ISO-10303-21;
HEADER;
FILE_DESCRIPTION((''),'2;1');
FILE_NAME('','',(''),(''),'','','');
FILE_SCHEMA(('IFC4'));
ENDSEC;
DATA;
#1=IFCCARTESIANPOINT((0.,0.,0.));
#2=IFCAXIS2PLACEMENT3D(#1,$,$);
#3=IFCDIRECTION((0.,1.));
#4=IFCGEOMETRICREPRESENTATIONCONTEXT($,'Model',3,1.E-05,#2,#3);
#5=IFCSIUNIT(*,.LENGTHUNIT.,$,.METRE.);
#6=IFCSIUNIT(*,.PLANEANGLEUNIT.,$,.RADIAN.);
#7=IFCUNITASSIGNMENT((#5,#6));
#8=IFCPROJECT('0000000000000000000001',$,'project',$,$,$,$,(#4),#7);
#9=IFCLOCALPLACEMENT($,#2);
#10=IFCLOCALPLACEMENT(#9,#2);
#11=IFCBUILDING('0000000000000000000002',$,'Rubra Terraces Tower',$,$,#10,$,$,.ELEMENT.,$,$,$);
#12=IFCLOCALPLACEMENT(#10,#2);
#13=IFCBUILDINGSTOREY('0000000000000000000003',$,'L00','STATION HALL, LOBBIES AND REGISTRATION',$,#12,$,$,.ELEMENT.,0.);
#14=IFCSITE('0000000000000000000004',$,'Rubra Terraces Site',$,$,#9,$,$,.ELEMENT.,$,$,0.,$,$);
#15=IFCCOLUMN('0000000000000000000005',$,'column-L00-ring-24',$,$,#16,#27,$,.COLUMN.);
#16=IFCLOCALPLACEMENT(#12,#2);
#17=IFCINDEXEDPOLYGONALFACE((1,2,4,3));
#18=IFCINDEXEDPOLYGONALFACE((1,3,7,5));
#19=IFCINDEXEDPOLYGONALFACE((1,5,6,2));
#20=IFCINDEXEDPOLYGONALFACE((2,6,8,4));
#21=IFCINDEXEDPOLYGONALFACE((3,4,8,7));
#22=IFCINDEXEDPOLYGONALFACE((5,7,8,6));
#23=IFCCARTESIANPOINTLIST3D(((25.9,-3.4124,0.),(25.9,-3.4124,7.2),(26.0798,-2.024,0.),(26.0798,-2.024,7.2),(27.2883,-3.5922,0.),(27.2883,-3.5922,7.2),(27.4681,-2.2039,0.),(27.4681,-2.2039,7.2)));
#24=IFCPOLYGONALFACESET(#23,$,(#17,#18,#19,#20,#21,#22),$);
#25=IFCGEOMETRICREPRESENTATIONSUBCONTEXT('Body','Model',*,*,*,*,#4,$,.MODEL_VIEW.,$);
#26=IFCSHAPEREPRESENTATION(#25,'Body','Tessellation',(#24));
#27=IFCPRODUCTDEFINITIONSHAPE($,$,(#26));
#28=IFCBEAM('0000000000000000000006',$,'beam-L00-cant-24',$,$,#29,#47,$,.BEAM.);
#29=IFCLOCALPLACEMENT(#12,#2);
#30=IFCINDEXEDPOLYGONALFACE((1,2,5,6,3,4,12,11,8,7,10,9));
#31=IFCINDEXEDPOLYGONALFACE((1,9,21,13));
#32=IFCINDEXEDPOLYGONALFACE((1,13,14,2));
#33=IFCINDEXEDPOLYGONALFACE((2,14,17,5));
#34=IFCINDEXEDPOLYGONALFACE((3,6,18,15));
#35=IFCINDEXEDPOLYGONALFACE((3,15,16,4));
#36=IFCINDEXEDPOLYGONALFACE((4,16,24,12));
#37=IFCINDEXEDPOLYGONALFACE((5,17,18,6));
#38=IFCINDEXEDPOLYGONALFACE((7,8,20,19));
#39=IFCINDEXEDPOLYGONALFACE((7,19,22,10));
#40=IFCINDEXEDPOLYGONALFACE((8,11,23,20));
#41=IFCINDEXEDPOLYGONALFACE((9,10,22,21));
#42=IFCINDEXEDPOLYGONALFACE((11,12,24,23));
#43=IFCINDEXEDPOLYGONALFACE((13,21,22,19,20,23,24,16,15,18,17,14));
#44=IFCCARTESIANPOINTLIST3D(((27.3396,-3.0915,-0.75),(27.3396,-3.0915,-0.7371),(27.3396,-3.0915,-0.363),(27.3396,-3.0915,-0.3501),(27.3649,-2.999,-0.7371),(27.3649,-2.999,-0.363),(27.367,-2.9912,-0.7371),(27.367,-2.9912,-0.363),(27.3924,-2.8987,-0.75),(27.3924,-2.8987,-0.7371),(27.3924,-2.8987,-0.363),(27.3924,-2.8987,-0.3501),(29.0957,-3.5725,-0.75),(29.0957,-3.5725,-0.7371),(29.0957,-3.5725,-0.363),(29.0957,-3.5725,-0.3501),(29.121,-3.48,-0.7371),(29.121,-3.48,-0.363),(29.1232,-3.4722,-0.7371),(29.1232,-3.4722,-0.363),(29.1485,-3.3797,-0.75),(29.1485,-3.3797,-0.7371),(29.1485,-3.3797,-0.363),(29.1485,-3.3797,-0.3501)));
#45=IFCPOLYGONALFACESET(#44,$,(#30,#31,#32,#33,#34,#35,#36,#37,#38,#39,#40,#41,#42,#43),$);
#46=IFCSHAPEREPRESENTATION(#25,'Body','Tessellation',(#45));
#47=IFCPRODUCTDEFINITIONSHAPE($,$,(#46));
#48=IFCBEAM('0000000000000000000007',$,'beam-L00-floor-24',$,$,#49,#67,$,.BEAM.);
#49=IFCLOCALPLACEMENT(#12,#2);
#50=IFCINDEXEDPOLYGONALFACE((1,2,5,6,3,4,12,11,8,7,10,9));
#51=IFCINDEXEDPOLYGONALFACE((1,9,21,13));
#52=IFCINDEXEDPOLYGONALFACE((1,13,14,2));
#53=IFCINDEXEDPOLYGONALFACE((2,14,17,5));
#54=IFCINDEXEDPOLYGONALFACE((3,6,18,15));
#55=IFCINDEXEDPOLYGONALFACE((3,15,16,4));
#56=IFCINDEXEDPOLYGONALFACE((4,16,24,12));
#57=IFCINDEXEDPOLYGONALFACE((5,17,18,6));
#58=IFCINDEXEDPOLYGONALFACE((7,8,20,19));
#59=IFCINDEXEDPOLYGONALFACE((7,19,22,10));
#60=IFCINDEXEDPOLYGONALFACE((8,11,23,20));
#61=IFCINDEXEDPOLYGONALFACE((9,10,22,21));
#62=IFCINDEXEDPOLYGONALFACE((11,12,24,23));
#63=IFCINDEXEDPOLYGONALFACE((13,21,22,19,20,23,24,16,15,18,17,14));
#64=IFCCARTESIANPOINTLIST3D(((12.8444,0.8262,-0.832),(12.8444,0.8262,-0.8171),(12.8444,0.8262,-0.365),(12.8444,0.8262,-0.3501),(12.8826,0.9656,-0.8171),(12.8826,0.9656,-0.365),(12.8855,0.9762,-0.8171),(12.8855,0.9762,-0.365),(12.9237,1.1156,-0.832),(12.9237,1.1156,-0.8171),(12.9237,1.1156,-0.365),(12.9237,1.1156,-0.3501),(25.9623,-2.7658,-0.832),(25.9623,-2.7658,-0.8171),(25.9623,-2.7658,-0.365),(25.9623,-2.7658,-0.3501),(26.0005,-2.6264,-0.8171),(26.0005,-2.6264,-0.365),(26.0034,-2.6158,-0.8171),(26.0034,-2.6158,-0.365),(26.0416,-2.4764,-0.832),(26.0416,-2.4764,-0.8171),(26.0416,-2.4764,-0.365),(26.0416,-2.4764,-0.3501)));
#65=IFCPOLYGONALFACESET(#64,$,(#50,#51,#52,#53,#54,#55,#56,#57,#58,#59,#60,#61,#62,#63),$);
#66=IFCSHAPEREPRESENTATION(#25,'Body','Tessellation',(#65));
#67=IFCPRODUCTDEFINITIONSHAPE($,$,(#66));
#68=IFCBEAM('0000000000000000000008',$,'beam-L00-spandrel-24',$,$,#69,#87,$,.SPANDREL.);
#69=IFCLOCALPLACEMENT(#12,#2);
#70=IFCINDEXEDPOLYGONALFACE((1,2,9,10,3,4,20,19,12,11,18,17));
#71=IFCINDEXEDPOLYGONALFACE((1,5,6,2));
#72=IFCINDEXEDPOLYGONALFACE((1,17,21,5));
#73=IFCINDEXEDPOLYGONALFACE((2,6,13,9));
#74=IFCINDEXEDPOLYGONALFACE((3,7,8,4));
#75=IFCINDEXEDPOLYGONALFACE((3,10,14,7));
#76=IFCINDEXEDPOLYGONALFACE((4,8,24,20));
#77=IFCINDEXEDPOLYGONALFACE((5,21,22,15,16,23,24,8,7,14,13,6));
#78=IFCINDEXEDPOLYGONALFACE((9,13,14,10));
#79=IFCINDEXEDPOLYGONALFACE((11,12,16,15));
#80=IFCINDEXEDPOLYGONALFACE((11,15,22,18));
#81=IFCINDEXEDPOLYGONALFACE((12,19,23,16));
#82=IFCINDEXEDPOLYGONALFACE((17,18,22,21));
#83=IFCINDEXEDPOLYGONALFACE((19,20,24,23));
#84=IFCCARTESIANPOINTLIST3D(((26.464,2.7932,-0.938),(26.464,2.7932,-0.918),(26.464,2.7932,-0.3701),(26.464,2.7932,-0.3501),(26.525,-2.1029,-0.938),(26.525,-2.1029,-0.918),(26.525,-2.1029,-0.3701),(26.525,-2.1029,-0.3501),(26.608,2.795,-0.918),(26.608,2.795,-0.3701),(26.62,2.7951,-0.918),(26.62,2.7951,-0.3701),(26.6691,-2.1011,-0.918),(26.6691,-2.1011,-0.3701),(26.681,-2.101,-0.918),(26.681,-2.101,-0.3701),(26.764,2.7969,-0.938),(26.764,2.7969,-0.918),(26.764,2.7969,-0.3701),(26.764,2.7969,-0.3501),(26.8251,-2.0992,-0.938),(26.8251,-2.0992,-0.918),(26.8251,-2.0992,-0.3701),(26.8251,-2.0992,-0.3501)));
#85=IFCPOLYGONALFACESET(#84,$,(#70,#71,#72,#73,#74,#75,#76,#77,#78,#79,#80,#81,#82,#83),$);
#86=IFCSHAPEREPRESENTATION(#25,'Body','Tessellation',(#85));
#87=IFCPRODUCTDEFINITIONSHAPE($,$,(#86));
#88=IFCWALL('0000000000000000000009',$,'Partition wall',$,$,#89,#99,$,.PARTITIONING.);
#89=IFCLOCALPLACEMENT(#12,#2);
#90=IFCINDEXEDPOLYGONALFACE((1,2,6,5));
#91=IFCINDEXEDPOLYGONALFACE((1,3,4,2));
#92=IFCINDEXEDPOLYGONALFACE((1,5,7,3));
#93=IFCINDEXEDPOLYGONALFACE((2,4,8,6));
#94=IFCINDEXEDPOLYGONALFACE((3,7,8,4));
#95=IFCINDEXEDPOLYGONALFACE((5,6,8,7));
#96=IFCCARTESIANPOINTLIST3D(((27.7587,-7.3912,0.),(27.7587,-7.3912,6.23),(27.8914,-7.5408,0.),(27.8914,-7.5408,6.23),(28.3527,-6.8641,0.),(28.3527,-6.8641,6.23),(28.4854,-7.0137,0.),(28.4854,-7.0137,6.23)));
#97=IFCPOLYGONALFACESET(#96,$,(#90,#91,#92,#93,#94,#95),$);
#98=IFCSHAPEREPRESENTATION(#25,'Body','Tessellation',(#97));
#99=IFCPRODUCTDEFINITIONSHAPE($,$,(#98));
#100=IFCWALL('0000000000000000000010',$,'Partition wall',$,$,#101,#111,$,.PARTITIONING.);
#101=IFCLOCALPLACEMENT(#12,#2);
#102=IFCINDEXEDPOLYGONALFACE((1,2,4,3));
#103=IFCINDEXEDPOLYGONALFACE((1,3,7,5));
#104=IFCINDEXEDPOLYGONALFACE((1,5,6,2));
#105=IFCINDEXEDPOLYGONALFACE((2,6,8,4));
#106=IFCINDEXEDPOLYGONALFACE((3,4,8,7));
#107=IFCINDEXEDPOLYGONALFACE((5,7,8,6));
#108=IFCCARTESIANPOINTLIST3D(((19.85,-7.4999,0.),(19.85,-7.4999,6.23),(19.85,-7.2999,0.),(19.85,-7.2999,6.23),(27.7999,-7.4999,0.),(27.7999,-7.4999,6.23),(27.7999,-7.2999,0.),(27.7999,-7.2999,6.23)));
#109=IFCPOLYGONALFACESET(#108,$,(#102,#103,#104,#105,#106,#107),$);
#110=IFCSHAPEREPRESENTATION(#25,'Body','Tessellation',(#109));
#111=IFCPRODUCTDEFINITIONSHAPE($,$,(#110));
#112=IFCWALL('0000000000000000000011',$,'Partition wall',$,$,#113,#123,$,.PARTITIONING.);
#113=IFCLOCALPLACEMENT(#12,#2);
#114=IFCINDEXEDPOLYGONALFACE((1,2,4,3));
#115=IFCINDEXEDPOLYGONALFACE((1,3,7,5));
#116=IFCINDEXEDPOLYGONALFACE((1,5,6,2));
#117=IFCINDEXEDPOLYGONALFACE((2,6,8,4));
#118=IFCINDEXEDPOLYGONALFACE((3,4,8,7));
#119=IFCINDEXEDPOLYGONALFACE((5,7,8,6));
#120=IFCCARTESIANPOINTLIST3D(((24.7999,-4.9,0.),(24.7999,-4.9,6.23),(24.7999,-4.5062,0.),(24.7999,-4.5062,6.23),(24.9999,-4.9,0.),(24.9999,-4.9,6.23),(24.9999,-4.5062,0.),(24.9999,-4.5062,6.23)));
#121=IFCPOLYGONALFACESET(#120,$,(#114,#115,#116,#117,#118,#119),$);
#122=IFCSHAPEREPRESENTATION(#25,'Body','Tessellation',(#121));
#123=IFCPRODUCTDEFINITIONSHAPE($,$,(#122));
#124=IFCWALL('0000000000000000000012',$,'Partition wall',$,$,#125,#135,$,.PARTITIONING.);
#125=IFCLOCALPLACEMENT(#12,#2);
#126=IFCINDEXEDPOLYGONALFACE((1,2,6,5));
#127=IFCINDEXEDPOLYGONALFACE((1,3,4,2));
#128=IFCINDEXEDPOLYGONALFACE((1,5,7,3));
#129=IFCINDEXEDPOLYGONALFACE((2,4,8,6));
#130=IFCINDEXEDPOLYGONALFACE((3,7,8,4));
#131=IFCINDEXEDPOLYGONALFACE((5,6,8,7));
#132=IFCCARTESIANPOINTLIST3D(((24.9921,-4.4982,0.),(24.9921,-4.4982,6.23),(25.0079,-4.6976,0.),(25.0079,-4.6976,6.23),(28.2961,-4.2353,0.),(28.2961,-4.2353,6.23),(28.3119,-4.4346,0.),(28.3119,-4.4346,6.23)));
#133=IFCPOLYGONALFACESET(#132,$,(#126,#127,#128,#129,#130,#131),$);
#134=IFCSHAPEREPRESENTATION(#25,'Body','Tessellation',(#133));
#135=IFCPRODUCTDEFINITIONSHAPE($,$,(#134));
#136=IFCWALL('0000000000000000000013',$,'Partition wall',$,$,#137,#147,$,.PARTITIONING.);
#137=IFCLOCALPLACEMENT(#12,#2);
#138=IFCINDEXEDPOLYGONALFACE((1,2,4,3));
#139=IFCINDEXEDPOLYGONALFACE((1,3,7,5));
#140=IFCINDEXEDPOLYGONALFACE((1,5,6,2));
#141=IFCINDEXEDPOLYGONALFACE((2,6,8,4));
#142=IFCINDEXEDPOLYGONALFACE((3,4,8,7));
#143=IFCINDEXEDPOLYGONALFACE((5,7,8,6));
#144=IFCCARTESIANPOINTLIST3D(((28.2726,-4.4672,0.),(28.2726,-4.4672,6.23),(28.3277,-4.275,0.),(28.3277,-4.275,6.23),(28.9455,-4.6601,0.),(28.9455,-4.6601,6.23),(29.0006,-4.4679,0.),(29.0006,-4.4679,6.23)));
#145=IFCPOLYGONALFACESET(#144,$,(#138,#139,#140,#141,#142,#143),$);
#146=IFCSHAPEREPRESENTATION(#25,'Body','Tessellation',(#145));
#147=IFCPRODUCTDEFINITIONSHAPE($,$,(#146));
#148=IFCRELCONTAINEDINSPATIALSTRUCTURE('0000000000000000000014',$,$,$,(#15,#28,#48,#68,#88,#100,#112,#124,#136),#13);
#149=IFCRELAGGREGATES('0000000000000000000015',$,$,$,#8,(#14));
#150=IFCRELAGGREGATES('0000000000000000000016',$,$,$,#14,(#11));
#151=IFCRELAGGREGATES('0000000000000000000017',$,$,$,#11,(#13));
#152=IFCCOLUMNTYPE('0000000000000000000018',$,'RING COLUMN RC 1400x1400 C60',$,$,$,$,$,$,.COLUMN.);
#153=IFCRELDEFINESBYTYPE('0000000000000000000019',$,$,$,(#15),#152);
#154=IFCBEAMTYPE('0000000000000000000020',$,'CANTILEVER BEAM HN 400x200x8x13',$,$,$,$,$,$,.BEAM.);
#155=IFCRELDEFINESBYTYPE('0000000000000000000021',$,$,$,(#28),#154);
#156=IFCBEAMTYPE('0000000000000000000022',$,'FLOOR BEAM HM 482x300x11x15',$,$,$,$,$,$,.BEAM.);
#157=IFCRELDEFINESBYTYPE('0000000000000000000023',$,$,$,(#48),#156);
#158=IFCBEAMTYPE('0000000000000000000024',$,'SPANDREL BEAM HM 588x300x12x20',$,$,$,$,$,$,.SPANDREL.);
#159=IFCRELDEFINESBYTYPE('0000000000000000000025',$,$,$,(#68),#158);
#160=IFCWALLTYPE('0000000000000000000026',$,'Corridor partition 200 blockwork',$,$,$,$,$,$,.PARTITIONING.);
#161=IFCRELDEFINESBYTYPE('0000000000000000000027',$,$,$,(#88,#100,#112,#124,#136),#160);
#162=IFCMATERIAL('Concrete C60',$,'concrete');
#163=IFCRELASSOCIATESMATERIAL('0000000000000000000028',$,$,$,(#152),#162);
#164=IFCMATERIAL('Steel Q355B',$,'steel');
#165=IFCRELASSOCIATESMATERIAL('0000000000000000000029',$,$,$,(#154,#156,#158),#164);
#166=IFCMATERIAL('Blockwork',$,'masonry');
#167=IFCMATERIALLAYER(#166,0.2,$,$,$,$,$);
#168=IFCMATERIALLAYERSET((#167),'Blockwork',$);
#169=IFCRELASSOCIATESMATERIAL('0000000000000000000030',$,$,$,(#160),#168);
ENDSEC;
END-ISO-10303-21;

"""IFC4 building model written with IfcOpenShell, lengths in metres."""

from ifc_helpers import new_model, si_unit, direction, frame, frame_2d, origin, origin_2d, place, context, subcontext, project, spatial, rectangle, i_section, extrude, material, layer, layer_set, material_profile, profile_set, type_object, element, save


model = new_model("IFC4")

# Units and contexts
model_context = context("Model", 3, precision=1e-05, world=origin(), true_north=direction((0.0, 1.0)))
body_context = subcontext(model_context, "Body", "Model", "MODEL_VIEW")
ifc_project = project(units=[si_unit("LENGTHUNIT", "METRE"), si_unit("PLANEANGLEUNIT", "RADIAN")], contexts=[model_context])

# Site, building, storey
site_placement = place(None, origin())
site = spatial("IfcSite", under=ifc_project, at=site_placement, Name="Rubra Terraces Site", CompositionType="ELEMENT", RefElevation=0.0)
building_placement = place(site_placement, origin())
building = spatial("IfcBuilding", under=site, at=building_placement, Name="Rubra Terraces Tower", CompositionType="ELEMENT")
storey_placement = place(building_placement, origin())
storey = spatial("IfcBuildingStorey", under=building, at=storey_placement, Name="L00", Description="STATION HALL, LOBBIES AND REGISTRATION", CompositionType="ELEMENT", Elevation=0.0)

# Column
ifc_material_1 = material(Name="Concrete C60", Category="concrete")
ifc_material_profile_1 = material_profile(ifc_material_1, rectangle(XDim=1.3999, YDim=1.3999, at=origin_2d()), Name="RC 1400x1400")
ifc_profile_set_1 = profile_set([ifc_material_profile_1], Name="Concrete C60")
column_type = type_object("IfcColumnType", Name="RING COLUMN RC 1400x1400 C60", PredefinedType="COLUMN", material=ifc_profile_set_1)
column_placement = place(storey_placement, frame((26.6841, -2.8081, 0.0), z_axis=(0.0, 0.0, 1.0), x_axis=(0.128445, 0.991717, 0.0)))
element("IfcColumn", 1, at=column_placement, inside=storey, type_object=column_type, Name="column-L00-ring-24", PredefinedType="COLUMN", context=body_context, shape_type="SweptSolid", body=[
    extrude(rectangle(XDim=1.3999, YDim=1.3999, at=origin_2d()), origin(), (0.0, 0.0, 1.0), 7.2),
])

# Beams
ifc_material_2 = material(Name="Steel Q355B", Category="steel")
ifc_material_profile_2 = material_profile(ifc_material_2, i_section(OverallWidth=0.2, OverallDepth=0.3999, WebThickness=0.0081, FlangeThickness=0.0129, at=origin_2d()), Name="HN 400x200x8x13")
ifc_profile_set_2 = profile_set([ifc_material_profile_2], Name="Steel Q355B")
beam_type_1 = type_object("IfcBeamType", Name="CANTILEVER BEAM HN 400x200x8x13", PredefinedType="BEAM", material=ifc_profile_set_2)
beam_1_placement = place(storey_placement, frame((27.366, -2.9951, -0.55), z_axis=(0.964482, -0.26415, 0.0), x_axis=(0.26415, 0.964482, 0.0)))
element("IfcBeam", 2, at=beam_1_placement, inside=storey, type_object=beam_type_1, Name="beam-L00-cant-24", PredefinedType="BEAM", context=body_context, shape_type="SweptSolid", body=[
    extrude(i_section(OverallWidth=0.2, OverallDepth=0.3999, WebThickness=0.0081, FlangeThickness=0.0129, at=origin_2d()), origin(), (0.0, 0.0, 1.0), 1.8208),
])
ifc_material_profile_3 = material_profile(ifc_material_2, i_section(OverallWidth=0.3, OverallDepth=0.4819, WebThickness=0.011, FlangeThickness=0.0149, at=origin_2d()), Name="HM 482x300x11x15")
ifc_profile_set_3 = profile_set([ifc_material_profile_3], Name="Steel Q355B")
beam_type_2 = type_object("IfcBeamType", Name="FLOOR BEAM HM 482x300x11x15", PredefinedType="BEAM", material=ifc_profile_set_3)
beam_2_placement = place(storey_placement, frame((26.002, -2.6211, -0.5911), z_axis=(-0.964494, 0.264105, 0.0), x_axis=(-0.264105, -0.964494, 0.0)))
element("IfcBeam", 3, at=beam_2_placement, inside=storey, type_object=beam_type_2, Name="beam-L00-floor-24", PredefinedType="BEAM", context=body_context, shape_type="SweptSolid", body=[
    extrude(i_section(OverallWidth=0.3, OverallDepth=0.4819, WebThickness=0.011, FlangeThickness=0.0149, at=origin_2d()), origin(), (0.0, 0.0, 1.0), 13.6008),
])
ifc_material_profile_4 = material_profile(ifc_material_2, i_section(OverallWidth=0.3, OverallDepth=0.5879, WebThickness=0.012, FlangeThickness=0.02, at=origin_2d()), Name="HM 588x300x12x20")
ifc_profile_set_4 = profile_set([ifc_material_profile_4], Name="Steel Q355B")
beam_type_3 = type_object("IfcBeamType", Name="SPANDREL BEAM HM 588x300x12x20", PredefinedType="SPANDREL", material=ifc_profile_set_4)
beam_3_placement = place(storey_placement, frame((26.675, -2.1011, -0.644), z_axis=(-0.012465, 0.999922, 0.0), x_axis=(-0.999922, -0.012465, 0.0)))
element("IfcBeam", 4, at=beam_3_placement, inside=storey, type_object=beam_type_3, Name="beam-L00-spandrel-24", PredefinedType="SPANDREL", context=body_context, shape_type="SweptSolid", body=[
    extrude(i_section(OverallWidth=0.3, OverallDepth=0.5879, WebThickness=0.012, FlangeThickness=0.02, at=origin_2d()), origin(), (0.0, 0.0, 1.0), 4.8965),
])

# Walls
ifc_material_3 = material(Name="Blockwork", Category="masonry")
ifc_layer_1 = layer(ifc_material_3, 0.2)
ifc_layer_set_1 = layer_set([ifc_layer_1], Name="Blockwork")
wall_type_1 = type_object("IfcWallType", Name="Corridor partition 200 blockwork", PredefinedType="PARTITIONING", material=ifc_layer_set_1)
wall_1_placement = place(storey_placement, frame((28.4189, -6.939, 0.0), z_axis=(0.0, 0.0, 1.0), x_axis=(-0.747969, -0.663734, 0.0)))
element("IfcWall", 5, at=wall_1_placement, inside=storey, type_object=wall_type_1, Name="Partition wall", PredefinedType="PARTITIONING", context=body_context, shape_type="SweptSolid", body=[
    extrude(rectangle(XDim=0.7942, YDim=0.2, at=frame_2d((0.397, 0.0))), origin(), (0.0, 0.0, 1.0), 6.23),
])
wall_2_placement = place(storey_placement, frame((27.8, -7.3999, 0.0), z_axis=(0.0, 0.0, 1.0), x_axis=(-1.0, 0.0, 0.0)))
element("IfcWall", 6, at=wall_2_placement, inside=storey, type_object=wall_type_1, Name="Partition wall", PredefinedType="PARTITIONING", context=body_context, shape_type="SweptSolid", body=[
    extrude(rectangle(XDim=7.95, YDim=0.2, at=frame_2d((3.9751, 0.0))), origin(), (0.0, 0.0, 1.0), 6.23),
])
wall_3_placement = place(storey_placement, frame((24.8999, -4.8999, 0.0), z_axis=(0.0, 0.0, 1.0), x_axis=(0.0, 1.0, 0.0)))
element("IfcWall", 7, at=wall_3_placement, inside=storey, type_object=wall_type_1, Name="Partition wall", PredefinedType="PARTITIONING", context=body_context, shape_type="SweptSolid", body=[
    extrude(rectangle(XDim=0.3938, YDim=0.2, at=frame_2d((0.1968, 0.0))), origin(), (0.0, 0.0, 1.0), 6.23),
])
wall_4_placement = place(storey_placement, frame((25.0, -4.5979, 0.0), z_axis=(0.0, 0.0, 1.0), x_axis=(0.996848, 0.079332, 0.0)))
element("IfcWall", 8, at=wall_4_placement, inside=storey, type_object=wall_type_1, Name="Partition wall", PredefinedType="PARTITIONING", context=body_context, shape_type="SweptSolid", body=[
    extrude(rectangle(XDim=3.3145, YDim=0.2, at=frame_2d((1.6572, 0.0))), origin(), (0.0, 0.0, 1.0), 6.23),
])
wall_5_placement = place(storey_placement, frame((28.3, -4.3711, 0.0), z_axis=(0.0, 0.0, 1.0), x_axis=(0.961287, -0.27555, 0.0)))
element("IfcWall", 9, at=wall_5_placement, inside=storey, type_object=wall_type_1, Name="Partition wall", PredefinedType="PARTITIONING", context=body_context, shape_type="SweptSolid", body=[
    extrude(rectangle(XDim=0.7, YDim=0.2, at=frame_2d((0.3501, 0.0))), origin(), (0.0, 0.0, 1.0), 6.23),
])

save(model, "model.ifc")
